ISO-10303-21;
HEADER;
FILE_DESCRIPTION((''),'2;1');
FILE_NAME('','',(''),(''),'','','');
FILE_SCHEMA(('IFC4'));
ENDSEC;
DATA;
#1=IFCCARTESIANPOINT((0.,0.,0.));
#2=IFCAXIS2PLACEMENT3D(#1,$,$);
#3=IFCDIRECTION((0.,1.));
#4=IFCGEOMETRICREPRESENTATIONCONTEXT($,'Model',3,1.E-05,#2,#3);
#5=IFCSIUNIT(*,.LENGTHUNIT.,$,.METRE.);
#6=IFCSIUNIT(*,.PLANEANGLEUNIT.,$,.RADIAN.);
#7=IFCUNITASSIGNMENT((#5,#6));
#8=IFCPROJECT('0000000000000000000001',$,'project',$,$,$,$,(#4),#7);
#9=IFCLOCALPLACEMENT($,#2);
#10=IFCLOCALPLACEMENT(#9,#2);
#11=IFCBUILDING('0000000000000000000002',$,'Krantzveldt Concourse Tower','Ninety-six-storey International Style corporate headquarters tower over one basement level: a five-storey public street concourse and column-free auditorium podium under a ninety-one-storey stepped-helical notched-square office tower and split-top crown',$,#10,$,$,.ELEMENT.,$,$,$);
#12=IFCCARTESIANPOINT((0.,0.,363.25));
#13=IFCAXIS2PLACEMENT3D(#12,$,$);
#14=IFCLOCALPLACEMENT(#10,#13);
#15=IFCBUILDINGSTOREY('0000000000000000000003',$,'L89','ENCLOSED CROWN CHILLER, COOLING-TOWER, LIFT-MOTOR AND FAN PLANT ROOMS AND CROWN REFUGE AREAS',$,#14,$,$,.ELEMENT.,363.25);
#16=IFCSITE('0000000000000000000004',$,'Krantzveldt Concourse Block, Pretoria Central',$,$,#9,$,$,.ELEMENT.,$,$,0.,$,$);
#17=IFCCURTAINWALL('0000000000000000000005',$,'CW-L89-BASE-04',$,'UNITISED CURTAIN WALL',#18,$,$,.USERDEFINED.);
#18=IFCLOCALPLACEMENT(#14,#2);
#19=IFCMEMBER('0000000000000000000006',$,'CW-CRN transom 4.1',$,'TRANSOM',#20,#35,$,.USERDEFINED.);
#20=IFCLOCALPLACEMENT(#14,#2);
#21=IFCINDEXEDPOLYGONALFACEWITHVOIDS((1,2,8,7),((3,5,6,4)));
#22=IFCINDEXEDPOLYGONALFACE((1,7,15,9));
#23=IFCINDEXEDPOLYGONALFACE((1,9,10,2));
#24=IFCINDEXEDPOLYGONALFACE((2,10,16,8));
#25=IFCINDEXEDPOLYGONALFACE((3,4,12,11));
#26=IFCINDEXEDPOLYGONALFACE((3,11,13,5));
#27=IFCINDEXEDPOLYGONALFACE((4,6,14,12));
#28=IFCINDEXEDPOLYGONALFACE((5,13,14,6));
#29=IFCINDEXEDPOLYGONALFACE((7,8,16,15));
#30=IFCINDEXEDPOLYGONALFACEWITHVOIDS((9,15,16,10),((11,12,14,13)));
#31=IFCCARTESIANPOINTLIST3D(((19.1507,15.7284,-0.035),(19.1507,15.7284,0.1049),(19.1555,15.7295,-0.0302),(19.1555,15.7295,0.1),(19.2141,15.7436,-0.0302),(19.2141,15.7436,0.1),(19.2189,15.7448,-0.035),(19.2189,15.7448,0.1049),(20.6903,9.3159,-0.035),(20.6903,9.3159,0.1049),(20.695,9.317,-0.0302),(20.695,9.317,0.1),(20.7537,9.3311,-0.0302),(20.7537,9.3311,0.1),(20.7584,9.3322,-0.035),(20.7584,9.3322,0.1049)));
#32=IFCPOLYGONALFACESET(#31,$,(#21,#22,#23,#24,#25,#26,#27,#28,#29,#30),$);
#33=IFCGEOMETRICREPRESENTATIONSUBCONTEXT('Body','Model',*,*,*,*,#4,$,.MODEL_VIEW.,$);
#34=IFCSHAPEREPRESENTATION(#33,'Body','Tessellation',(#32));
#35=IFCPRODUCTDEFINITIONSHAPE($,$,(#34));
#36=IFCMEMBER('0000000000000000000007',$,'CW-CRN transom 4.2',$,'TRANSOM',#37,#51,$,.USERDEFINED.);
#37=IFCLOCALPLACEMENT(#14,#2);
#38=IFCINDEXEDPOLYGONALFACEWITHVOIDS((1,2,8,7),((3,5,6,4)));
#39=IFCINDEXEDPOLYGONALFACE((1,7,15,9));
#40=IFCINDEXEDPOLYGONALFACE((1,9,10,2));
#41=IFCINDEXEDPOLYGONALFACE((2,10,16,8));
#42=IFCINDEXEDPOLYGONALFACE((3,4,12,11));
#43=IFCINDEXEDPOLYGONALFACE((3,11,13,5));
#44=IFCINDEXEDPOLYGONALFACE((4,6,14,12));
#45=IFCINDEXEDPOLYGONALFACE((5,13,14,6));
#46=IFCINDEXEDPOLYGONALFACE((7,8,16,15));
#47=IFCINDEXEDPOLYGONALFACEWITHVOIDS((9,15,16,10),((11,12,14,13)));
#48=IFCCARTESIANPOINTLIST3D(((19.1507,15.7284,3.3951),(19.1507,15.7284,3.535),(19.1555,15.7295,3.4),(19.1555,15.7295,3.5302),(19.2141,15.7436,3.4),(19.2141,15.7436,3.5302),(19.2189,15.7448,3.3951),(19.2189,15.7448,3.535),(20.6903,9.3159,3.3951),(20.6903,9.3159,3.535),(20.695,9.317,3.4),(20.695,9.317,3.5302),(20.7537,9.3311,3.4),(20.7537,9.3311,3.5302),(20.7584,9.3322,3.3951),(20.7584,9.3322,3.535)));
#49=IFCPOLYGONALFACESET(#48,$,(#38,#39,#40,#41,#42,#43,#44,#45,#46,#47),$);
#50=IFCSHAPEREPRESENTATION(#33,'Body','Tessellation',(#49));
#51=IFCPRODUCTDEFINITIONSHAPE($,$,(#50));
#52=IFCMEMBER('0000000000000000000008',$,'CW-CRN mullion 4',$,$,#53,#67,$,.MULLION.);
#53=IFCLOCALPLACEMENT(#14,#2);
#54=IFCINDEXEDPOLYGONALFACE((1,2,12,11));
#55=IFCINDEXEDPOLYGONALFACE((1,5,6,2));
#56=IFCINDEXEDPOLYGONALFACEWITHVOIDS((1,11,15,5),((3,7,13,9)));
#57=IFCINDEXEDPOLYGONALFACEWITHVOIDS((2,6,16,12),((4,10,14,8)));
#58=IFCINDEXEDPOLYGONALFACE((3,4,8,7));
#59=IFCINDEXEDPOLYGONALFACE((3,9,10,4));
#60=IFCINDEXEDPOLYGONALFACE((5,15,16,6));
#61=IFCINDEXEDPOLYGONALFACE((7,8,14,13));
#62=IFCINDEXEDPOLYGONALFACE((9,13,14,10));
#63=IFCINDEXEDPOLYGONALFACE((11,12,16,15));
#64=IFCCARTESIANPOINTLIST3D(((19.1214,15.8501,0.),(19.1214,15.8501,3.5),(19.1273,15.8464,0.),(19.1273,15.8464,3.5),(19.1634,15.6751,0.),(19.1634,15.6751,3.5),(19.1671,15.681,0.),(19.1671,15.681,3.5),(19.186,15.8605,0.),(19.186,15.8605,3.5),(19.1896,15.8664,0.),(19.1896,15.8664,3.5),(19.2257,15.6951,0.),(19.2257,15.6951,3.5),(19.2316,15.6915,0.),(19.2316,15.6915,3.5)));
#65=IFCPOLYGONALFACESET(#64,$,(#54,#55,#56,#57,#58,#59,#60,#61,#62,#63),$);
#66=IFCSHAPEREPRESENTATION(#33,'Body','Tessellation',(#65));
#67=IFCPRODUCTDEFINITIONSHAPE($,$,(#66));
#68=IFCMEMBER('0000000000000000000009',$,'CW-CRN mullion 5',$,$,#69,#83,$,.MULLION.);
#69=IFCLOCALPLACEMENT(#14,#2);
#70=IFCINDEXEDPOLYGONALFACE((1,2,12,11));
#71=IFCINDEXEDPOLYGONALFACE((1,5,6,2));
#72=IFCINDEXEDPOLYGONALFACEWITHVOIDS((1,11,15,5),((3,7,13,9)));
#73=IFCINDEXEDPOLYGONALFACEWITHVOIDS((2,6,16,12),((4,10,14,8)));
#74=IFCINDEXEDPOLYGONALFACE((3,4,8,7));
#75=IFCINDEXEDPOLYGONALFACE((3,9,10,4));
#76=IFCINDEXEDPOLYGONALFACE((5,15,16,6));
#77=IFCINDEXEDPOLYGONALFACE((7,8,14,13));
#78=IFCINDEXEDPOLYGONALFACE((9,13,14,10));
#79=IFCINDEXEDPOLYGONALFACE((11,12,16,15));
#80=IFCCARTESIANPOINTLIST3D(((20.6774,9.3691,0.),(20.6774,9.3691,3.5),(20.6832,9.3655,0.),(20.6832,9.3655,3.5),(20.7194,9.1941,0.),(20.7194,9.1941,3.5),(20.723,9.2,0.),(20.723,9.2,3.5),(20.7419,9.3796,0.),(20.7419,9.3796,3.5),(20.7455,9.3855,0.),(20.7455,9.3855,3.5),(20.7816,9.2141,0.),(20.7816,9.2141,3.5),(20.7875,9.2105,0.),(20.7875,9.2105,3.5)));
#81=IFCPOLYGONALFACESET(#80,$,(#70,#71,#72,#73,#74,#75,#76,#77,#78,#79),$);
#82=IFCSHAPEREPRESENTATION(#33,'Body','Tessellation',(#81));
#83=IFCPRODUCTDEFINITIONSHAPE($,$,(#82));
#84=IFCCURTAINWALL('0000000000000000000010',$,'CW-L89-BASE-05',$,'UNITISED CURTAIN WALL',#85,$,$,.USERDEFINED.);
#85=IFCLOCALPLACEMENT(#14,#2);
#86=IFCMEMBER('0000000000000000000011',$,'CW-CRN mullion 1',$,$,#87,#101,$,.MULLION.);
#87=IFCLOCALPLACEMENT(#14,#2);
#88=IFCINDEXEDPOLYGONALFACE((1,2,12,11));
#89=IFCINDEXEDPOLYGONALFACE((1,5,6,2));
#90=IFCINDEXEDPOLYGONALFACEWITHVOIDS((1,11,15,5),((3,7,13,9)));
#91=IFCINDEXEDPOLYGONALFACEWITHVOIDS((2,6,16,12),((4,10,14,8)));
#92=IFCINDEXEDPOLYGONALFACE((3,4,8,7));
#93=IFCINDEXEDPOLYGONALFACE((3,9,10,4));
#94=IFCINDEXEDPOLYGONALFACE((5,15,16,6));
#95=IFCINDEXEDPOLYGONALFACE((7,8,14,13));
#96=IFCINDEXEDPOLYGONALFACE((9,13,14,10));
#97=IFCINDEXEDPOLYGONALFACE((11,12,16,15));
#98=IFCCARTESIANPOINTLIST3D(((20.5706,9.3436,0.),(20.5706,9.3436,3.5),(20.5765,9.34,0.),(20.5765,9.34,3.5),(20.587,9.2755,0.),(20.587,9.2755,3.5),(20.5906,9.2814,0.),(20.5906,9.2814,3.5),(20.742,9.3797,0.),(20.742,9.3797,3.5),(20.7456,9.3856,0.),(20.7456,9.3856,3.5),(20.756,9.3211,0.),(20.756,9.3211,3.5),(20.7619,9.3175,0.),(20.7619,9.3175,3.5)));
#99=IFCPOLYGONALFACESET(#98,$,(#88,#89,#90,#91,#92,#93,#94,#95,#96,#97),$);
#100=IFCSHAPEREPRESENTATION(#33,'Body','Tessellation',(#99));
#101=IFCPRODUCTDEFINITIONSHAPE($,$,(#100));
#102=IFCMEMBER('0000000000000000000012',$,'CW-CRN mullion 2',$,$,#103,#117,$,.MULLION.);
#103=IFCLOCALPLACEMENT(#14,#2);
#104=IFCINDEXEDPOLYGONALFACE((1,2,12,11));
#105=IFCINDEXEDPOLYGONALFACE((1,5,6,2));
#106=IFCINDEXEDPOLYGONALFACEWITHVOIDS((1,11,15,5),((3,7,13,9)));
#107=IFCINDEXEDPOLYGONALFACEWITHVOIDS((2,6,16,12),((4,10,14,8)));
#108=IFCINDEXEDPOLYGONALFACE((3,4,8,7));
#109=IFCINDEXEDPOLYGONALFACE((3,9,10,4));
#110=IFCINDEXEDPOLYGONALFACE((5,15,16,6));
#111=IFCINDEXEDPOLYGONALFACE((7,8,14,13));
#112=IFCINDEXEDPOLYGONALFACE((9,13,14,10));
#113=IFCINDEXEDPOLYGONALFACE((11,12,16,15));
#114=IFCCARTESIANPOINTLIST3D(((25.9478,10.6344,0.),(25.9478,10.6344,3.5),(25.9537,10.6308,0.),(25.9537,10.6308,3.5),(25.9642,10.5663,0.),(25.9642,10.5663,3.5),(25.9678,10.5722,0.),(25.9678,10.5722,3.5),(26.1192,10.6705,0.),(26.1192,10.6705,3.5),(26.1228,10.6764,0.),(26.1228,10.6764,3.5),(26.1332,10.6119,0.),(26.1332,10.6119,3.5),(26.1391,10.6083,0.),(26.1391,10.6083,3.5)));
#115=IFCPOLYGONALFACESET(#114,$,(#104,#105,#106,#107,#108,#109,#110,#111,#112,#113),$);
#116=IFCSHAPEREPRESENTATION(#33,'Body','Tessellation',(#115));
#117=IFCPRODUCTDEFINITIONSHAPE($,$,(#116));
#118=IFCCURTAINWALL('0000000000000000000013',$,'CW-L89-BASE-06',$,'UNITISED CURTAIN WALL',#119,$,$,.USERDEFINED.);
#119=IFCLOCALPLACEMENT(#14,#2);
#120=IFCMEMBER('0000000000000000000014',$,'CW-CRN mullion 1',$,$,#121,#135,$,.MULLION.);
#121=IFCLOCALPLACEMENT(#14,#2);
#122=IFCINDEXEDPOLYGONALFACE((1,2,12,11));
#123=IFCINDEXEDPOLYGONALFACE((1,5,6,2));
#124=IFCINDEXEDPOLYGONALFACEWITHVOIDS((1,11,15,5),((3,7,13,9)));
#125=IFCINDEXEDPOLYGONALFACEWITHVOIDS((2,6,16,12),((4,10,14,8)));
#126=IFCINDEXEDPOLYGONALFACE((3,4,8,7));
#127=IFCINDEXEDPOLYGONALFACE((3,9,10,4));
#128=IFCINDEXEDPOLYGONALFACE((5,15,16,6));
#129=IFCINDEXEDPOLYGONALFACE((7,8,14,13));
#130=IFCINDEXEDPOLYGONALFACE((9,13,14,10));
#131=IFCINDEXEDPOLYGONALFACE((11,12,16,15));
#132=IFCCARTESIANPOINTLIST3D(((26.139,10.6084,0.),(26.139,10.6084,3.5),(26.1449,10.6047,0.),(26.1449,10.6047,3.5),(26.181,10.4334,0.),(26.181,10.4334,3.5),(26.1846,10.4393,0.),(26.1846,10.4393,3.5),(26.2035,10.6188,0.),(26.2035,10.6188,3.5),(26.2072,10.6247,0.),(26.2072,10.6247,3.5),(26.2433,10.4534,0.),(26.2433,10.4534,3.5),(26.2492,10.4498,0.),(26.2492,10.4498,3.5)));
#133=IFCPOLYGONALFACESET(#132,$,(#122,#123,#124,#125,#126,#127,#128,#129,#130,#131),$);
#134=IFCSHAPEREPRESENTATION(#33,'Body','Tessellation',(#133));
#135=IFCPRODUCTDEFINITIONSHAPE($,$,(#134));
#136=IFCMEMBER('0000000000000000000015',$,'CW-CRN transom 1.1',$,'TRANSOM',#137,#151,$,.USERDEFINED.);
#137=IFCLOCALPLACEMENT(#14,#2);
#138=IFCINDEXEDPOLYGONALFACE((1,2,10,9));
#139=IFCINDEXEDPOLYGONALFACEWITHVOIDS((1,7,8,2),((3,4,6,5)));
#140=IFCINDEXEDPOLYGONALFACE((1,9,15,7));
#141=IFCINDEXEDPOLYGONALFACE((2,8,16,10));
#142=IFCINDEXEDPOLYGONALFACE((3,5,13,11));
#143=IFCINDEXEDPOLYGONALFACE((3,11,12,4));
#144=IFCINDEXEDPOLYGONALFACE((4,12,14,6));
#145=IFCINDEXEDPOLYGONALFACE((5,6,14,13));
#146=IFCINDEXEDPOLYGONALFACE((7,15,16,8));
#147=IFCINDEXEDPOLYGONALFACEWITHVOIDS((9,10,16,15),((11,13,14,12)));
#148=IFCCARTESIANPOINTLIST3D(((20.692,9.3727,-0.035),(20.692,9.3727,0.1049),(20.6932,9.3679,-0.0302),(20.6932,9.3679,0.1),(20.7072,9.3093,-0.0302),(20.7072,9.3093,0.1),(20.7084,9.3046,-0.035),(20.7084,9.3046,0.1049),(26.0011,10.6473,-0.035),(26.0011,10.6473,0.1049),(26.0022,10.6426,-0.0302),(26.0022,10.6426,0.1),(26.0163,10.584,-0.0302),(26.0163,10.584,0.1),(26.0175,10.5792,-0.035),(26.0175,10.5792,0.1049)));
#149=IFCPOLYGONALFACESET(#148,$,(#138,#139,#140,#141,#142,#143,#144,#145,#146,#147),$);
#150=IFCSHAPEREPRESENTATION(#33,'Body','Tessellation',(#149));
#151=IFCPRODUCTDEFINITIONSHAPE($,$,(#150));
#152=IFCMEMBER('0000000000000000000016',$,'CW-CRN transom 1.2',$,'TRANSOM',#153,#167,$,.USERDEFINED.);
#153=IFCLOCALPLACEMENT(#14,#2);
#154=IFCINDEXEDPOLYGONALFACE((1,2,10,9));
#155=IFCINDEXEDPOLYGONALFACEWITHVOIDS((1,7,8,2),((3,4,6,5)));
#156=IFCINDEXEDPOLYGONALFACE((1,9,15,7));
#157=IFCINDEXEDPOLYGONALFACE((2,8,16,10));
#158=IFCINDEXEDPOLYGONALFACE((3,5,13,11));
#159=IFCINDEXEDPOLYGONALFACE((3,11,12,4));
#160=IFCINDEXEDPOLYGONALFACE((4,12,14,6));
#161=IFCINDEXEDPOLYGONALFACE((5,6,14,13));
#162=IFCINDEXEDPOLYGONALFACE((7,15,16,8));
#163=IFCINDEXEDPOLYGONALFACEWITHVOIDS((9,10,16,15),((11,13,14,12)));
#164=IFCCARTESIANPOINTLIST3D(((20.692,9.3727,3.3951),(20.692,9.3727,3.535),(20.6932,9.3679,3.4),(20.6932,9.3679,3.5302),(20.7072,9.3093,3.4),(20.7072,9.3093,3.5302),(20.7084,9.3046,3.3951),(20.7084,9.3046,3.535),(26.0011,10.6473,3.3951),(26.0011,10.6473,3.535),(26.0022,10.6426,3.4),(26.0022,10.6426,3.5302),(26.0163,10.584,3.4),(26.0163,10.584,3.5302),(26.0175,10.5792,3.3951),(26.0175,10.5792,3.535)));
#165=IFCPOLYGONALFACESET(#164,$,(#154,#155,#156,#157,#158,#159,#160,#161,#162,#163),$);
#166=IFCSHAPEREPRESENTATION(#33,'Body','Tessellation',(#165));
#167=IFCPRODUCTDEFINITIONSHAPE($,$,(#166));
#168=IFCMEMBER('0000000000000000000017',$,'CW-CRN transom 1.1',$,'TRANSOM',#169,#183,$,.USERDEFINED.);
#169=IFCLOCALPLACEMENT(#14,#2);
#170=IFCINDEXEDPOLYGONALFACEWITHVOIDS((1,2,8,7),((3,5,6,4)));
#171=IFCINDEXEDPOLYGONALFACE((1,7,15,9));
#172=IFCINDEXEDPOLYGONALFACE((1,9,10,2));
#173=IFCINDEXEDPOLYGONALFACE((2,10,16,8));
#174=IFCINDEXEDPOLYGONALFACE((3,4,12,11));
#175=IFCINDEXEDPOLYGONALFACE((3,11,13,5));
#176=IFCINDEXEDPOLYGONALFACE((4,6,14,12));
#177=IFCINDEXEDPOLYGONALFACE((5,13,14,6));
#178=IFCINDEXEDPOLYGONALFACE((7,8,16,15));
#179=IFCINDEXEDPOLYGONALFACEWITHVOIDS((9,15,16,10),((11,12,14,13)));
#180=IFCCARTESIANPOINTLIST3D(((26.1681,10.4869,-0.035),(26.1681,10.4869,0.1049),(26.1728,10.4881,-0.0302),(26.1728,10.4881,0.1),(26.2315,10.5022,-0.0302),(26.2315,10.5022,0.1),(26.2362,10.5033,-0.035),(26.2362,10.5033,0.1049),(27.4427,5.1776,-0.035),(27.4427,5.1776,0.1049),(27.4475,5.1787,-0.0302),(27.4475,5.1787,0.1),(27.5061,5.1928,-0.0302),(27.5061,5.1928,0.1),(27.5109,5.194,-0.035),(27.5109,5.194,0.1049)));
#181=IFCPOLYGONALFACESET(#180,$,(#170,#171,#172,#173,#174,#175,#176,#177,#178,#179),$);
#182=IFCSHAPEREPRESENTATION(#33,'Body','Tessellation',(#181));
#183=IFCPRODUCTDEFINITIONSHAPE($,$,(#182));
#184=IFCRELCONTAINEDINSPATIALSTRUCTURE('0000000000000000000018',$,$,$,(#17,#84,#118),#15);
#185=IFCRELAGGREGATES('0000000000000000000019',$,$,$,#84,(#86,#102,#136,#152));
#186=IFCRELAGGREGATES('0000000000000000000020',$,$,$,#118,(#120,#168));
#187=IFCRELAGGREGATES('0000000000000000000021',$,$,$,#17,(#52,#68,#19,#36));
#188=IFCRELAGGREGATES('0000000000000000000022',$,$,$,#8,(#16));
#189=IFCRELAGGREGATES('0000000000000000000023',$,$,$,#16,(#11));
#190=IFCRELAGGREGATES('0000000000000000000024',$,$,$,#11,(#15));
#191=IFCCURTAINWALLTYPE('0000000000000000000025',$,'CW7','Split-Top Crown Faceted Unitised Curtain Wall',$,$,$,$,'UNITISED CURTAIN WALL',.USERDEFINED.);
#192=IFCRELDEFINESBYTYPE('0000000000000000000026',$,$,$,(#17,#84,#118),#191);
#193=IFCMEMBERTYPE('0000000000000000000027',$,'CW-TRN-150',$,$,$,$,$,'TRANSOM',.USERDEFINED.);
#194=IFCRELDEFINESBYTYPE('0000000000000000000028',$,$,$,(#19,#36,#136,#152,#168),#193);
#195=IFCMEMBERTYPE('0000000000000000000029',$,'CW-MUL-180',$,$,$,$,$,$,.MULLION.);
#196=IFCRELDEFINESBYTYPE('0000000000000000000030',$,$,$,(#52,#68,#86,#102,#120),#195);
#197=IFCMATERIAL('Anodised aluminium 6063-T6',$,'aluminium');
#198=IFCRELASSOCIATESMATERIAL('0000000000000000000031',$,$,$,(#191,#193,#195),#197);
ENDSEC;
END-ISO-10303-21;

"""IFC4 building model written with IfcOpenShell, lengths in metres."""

from ifc_helpers import new_model, si_unit, direction, frame, origin, origin_2d, place, context, subcontext, project, spatial, hollow_rectangle, extrude, source, transform, mapped, material, material_profile, profile_set, type_object, type_shapes, element, aggregate, save


model = new_model("IFC4")

# Units and contexts
model_context = context("Model", 3, precision=1e-05, world=origin(), true_north=direction((0.0, 1.0)))
body_context = subcontext(model_context, "Body", "Model", "MODEL_VIEW")
ifc_project = project(units=[si_unit("LENGTHUNIT", "METRE"), si_unit("PLANEANGLEUNIT", "RADIAN")], contexts=[model_context])

# Site, building, storey
site_placement = place(None, origin())
site = spatial("IfcSite", under=ifc_project, at=site_placement, Name="Krantzveldt Concourse Block, Pretoria Central", CompositionType="ELEMENT", RefElevation=0.0)
building_placement = place(site_placement, origin())
building = spatial("IfcBuilding", under=site, at=building_placement, Name="Krantzveldt Concourse Tower", Description="Ninety-six-storey International Style corporate headquarters tower over one basement level: a five-storey public street concourse and column-free auditorium podium under a ninety-one-storey stepped-helical notched-square office tower and split-top crown", CompositionType="ELEMENT")
storey_placement = place(building_placement, frame((0.0, 0.0, 363.25)))
storey = spatial("IfcBuildingStorey", under=building, at=storey_placement, Name="L89", Description="ENCLOSED CROWN CHILLER, COOLING-TOWER, LIFT-MOTOR AND FAN PLANT ROOMS AND CROWN REFUGE AREAS", CompositionType="ELEMENT", Elevation=363.25)

# Curtain walls, members
ifc_material_1 = material(Name="Anodised aluminium 6063-T6", Category="aluminium")
curtain_wall_type = type_object("IfcCurtainWallType", Name="CW7", Description="Split-Top Crown Faceted Unitised Curtain Wall", ElementType="UNITISED CURTAIN WALL", PredefinedType="USERDEFINED", material=ifc_material_1)
curtain_wall_1_placement = place(storey_placement, origin())
curtain_wall_1 = element("IfcCurtainWall", 1, at=curtain_wall_1_placement, inside=storey, type_object=curtain_wall_type, Name="CW-L89-BASE-04", ObjectType="UNITISED CURTAIN WALL", PredefinedType="USERDEFINED")
ifc_material_profile_1 = material_profile(ifc_material_1, hollow_rectangle(XDim=0.0701, YDim=0.1399, WallThickness=0.0049, at=origin_2d()), Name="Anodised aluminium 6063-T6", Category="aluminium")
ifc_profile_set_1 = profile_set([ifc_material_profile_1], Name="Anodised aluminium 6063-T6 - ALU-TRAN 140x70x5")
member_type_1 = type_object("IfcMemberType", Name="CW-TRN-150", ElementType="TRANSOM", PredefinedType="USERDEFINED", material=ifc_profile_set_1)
shared_shape_1 = source(origin(), body_context, "Body", "SweptSolid", [
    extrude(hollow_rectangle(XDim=0.0701, YDim=0.1399, WallThickness=0.0049, at=origin_2d()), origin(), (0.0, 0.0, 1.0), 6.5947),
])
member_1_placement = place(storey_placement, frame((19.1848, 15.7366, 0.0349), z_axis=(0.233449, -0.972369, 0.0), x_axis=(0.972369, 0.233449, 0.0)))
member_1 = element("IfcMember", 2, at=member_1_placement, type_object=member_type_1, Name="CW-CRN transom 4.1", ObjectType="TRANSOM", PredefinedType="USERDEFINED", context=body_context, shape_type="MappedRepresentation", body=[
    mapped(shared_shape_1, transform((0.0, 0.0, 0.0), x_axis=(1.0, 0.0, 0.0), y_axis=(0.0, 1.0, 0.0), z_axis=(0.0, 0.0, 1.0), scale=1.0)),
])
member_2_placement = place(storey_placement, frame((19.1848, 15.7366, 3.4651), z_axis=(0.233449, -0.972369, 0.0), x_axis=(0.972369, 0.233449, 0.0)))
member_2 = element("IfcMember", 3, at=member_2_placement, type_object=member_type_1, Name="CW-CRN transom 4.2", ObjectType="TRANSOM", PredefinedType="USERDEFINED", context=body_context, shape_type="MappedRepresentation", body=[
    mapped(shared_shape_1, transform((0.0, 0.0, 0.0), x_axis=(1.0, 0.0, 0.0), y_axis=(0.0, 1.0, 0.0), z_axis=(0.0, 0.0, 1.0), scale=1.0)),
])
ifc_material_profile_2 = material_profile(ifc_material_1, hollow_rectangle(XDim=0.0701, YDim=0.1799, WallThickness=0.0049, at=origin_2d()), Name="Anodised aluminium 6063-T6", Category="aluminium")
ifc_profile_set_2 = profile_set([ifc_material_profile_2], Name="Anodised aluminium 6063-T6 - ALU-MULL 180x70x5")
member_type_2 = type_object("IfcMemberType", Name="CW-MUL-180", PredefinedType="MULLION", material=ifc_profile_set_2)
shared_shape_2 = source(origin(), body_context, "Body", "SweptSolid", [
    extrude(hollow_rectangle(XDim=0.0701, YDim=0.1799, WallThickness=0.0049, at=origin_2d()), origin(), (0.0, 0.0, 1.0), 3.5),
])
type_shapes(member_type_2, [shared_shape_2])
member_3_placement = place(storey_placement, frame((19.1765, 15.7708, 0.0), z_axis=(0.0, 0.0, 1.0), x_axis=(0.97237, 0.233445, 0.0)))
member_3 = element("IfcMember", 4, at=member_3_placement, type_object=member_type_2, Name="CW-CRN mullion 4", PredefinedType="MULLION", context=body_context, shape_type="MappedRepresentation", body=[
    mapped(shared_shape_2, transform((0.0, 0.0, 0.0), x_axis=(1.0, 0.0, 0.0), y_axis=(0.0, 1.0, 0.0), z_axis=(0.0, 0.0, 1.0), scale=1.0)),
])
member_4_placement = place(storey_placement, frame((20.7324, 9.2898, 0.0), z_axis=(0.0, 0.0, 1.0), x_axis=(0.97237, 0.233445, 0.0)))
member_4 = element("IfcMember", 5, at=member_4_placement, type_object=member_type_2, Name="CW-CRN mullion 5", PredefinedType="MULLION", context=body_context, shape_type="MappedRepresentation", body=[
    mapped(shared_shape_2, transform((0.0, 0.0, 0.0), x_axis=(1.0, 0.0, 0.0), y_axis=(0.0, 1.0, 0.0), z_axis=(0.0, 0.0, 1.0), scale=1.0)),
])
curtain_wall_2_placement = place(storey_placement, origin())
curtain_wall_2 = element("IfcCurtainWall", 6, at=curtain_wall_2_placement, inside=storey, type_object=curtain_wall_type, Name="CW-L89-BASE-05", ObjectType="UNITISED CURTAIN WALL", PredefinedType="USERDEFINED")
member_5_placement = place(storey_placement, frame((20.6663, 9.3306, 0.0), z_axis=(0.0, 0.0, 1.0), x_axis=(-0.233446, 0.97237, 0.0)))
member_5 = element("IfcMember", 7, at=member_5_placement, type_object=member_type_2, Name="CW-CRN mullion 1", PredefinedType="MULLION", context=body_context, shape_type="MappedRepresentation", body=[
    mapped(shared_shape_2, transform((0.0, 0.0, 0.0), x_axis=(1.0, 0.0, 0.0), y_axis=(0.0, 1.0, 0.0), z_axis=(0.0, 0.0, 1.0), scale=1.0)),
])
member_6_placement = place(storey_placement, frame((26.0435, 10.6213, 0.0), z_axis=(0.0, 0.0, 1.0), x_axis=(-0.233446, 0.97237, 0.0)))
member_6 = element("IfcMember", 8, at=member_6_placement, type_object=member_type_2, Name="CW-CRN mullion 2", PredefinedType="MULLION", context=body_context, shape_type="MappedRepresentation", body=[
    mapped(shared_shape_2, transform((0.0, 0.0, 0.0), x_axis=(1.0, 0.0, 0.0), y_axis=(0.0, 1.0, 0.0), z_axis=(0.0, 0.0, 1.0), scale=1.0)),
])

# Curtain wall, member
curtain_wall_3_placement = place(storey_placement, origin())
curtain_wall_3 = element("IfcCurtainWall", 9, at=curtain_wall_3_placement, inside=storey, type_object=curtain_wall_type, Name="CW-L89-BASE-06", ObjectType="UNITISED CURTAIN WALL", PredefinedType="USERDEFINED")
member_7_placement = place(storey_placement, frame((26.1941, 10.5291, 0.0), z_axis=(0.0, 0.0, 1.0), x_axis=(0.97237, 0.233444, 0.0)))
member_7 = element("IfcMember", 10, at=member_7_placement, type_object=member_type_2, Name="CW-CRN mullion 1", PredefinedType="MULLION", context=body_context, shape_type="MappedRepresentation", body=[
    mapped(shared_shape_2, transform((0.0, 0.0, 0.0), x_axis=(1.0, 0.0, 0.0), y_axis=(0.0, 1.0, 0.0), z_axis=(0.0, 0.0, 1.0), scale=1.0)),
])

# Members
shared_shape_3 = source(origin(), body_context, "Body", "SweptSolid", [
    extrude(hollow_rectangle(XDim=0.0701, YDim=0.1399, WallThickness=0.0049, at=origin_2d()), origin(), (0.0, 0.0, 1.0), 5.46),
])
member_8_placement = place(storey_placement, frame((20.7002, 9.3386, 0.0349), z_axis=(0.972367, 0.233456, 0.0), x_axis=(-0.233456, 0.972367, 0.0)))
member_8 = element("IfcMember", 11, at=member_8_placement, type_object=member_type_1, Name="CW-CRN transom 1.1", ObjectType="TRANSOM", PredefinedType="USERDEFINED", context=body_context, shape_type="MappedRepresentation", body=[
    mapped(shared_shape_3, transform((0.0, 0.0, 0.0), x_axis=(1.0, 0.0, 0.0), y_axis=(0.0, 1.0, 0.0), z_axis=(0.0, 0.0, 1.0), scale=1.0)),
])
member_9_placement = place(storey_placement, frame((20.7002, 9.3386, 3.4651), z_axis=(0.972367, 0.233456, 0.0), x_axis=(-0.233456, 0.972367, 0.0)))
member_9 = element("IfcMember", 12, at=member_9_placement, type_object=member_type_1, Name="CW-CRN transom 1.2", ObjectType="TRANSOM", PredefinedType="USERDEFINED", context=body_context, shape_type="MappedRepresentation", body=[
    mapped(shared_shape_3, transform((0.0, 0.0, 0.0), x_axis=(1.0, 0.0, 0.0), y_axis=(0.0, 1.0, 0.0), z_axis=(0.0, 0.0, 1.0), scale=1.0)),
])
shared_shape_4 = source(origin(), body_context, "Body", "SweptSolid", [
    extrude(hollow_rectangle(XDim=0.0701, YDim=0.1399, WallThickness=0.0049, at=origin_2d()), origin(), (0.0, 0.0, 1.0), 5.4602),
])
type_shapes(member_type_1, [shared_shape_1, shared_shape_3, shared_shape_4])
member_10_placement = place(storey_placement, frame((26.2021, 10.4951, 0.0349), z_axis=(0.233446, -0.97237, 0.0), x_axis=(0.97237, 0.233446, 0.0)))
member_10 = element("IfcMember", 13, at=member_10_placement, type_object=member_type_1, Name="CW-CRN transom 1.1", ObjectType="TRANSOM", PredefinedType="USERDEFINED", context=body_context, shape_type="MappedRepresentation", body=[
    mapped(shared_shape_4, transform((0.0, 0.0, 0.0), x_axis=(1.0, 0.0, 0.0), y_axis=(0.0, 1.0, 0.0), z_axis=(0.0, 0.0, 1.0), scale=1.0)),
])

aggregate(curtain_wall_2, [member_5, member_6, member_8, member_9])
aggregate(curtain_wall_3, [member_7, member_10])
aggregate(curtain_wall_1, [member_3, member_4, member_1, member_2])

save(model, "model.ifc")
